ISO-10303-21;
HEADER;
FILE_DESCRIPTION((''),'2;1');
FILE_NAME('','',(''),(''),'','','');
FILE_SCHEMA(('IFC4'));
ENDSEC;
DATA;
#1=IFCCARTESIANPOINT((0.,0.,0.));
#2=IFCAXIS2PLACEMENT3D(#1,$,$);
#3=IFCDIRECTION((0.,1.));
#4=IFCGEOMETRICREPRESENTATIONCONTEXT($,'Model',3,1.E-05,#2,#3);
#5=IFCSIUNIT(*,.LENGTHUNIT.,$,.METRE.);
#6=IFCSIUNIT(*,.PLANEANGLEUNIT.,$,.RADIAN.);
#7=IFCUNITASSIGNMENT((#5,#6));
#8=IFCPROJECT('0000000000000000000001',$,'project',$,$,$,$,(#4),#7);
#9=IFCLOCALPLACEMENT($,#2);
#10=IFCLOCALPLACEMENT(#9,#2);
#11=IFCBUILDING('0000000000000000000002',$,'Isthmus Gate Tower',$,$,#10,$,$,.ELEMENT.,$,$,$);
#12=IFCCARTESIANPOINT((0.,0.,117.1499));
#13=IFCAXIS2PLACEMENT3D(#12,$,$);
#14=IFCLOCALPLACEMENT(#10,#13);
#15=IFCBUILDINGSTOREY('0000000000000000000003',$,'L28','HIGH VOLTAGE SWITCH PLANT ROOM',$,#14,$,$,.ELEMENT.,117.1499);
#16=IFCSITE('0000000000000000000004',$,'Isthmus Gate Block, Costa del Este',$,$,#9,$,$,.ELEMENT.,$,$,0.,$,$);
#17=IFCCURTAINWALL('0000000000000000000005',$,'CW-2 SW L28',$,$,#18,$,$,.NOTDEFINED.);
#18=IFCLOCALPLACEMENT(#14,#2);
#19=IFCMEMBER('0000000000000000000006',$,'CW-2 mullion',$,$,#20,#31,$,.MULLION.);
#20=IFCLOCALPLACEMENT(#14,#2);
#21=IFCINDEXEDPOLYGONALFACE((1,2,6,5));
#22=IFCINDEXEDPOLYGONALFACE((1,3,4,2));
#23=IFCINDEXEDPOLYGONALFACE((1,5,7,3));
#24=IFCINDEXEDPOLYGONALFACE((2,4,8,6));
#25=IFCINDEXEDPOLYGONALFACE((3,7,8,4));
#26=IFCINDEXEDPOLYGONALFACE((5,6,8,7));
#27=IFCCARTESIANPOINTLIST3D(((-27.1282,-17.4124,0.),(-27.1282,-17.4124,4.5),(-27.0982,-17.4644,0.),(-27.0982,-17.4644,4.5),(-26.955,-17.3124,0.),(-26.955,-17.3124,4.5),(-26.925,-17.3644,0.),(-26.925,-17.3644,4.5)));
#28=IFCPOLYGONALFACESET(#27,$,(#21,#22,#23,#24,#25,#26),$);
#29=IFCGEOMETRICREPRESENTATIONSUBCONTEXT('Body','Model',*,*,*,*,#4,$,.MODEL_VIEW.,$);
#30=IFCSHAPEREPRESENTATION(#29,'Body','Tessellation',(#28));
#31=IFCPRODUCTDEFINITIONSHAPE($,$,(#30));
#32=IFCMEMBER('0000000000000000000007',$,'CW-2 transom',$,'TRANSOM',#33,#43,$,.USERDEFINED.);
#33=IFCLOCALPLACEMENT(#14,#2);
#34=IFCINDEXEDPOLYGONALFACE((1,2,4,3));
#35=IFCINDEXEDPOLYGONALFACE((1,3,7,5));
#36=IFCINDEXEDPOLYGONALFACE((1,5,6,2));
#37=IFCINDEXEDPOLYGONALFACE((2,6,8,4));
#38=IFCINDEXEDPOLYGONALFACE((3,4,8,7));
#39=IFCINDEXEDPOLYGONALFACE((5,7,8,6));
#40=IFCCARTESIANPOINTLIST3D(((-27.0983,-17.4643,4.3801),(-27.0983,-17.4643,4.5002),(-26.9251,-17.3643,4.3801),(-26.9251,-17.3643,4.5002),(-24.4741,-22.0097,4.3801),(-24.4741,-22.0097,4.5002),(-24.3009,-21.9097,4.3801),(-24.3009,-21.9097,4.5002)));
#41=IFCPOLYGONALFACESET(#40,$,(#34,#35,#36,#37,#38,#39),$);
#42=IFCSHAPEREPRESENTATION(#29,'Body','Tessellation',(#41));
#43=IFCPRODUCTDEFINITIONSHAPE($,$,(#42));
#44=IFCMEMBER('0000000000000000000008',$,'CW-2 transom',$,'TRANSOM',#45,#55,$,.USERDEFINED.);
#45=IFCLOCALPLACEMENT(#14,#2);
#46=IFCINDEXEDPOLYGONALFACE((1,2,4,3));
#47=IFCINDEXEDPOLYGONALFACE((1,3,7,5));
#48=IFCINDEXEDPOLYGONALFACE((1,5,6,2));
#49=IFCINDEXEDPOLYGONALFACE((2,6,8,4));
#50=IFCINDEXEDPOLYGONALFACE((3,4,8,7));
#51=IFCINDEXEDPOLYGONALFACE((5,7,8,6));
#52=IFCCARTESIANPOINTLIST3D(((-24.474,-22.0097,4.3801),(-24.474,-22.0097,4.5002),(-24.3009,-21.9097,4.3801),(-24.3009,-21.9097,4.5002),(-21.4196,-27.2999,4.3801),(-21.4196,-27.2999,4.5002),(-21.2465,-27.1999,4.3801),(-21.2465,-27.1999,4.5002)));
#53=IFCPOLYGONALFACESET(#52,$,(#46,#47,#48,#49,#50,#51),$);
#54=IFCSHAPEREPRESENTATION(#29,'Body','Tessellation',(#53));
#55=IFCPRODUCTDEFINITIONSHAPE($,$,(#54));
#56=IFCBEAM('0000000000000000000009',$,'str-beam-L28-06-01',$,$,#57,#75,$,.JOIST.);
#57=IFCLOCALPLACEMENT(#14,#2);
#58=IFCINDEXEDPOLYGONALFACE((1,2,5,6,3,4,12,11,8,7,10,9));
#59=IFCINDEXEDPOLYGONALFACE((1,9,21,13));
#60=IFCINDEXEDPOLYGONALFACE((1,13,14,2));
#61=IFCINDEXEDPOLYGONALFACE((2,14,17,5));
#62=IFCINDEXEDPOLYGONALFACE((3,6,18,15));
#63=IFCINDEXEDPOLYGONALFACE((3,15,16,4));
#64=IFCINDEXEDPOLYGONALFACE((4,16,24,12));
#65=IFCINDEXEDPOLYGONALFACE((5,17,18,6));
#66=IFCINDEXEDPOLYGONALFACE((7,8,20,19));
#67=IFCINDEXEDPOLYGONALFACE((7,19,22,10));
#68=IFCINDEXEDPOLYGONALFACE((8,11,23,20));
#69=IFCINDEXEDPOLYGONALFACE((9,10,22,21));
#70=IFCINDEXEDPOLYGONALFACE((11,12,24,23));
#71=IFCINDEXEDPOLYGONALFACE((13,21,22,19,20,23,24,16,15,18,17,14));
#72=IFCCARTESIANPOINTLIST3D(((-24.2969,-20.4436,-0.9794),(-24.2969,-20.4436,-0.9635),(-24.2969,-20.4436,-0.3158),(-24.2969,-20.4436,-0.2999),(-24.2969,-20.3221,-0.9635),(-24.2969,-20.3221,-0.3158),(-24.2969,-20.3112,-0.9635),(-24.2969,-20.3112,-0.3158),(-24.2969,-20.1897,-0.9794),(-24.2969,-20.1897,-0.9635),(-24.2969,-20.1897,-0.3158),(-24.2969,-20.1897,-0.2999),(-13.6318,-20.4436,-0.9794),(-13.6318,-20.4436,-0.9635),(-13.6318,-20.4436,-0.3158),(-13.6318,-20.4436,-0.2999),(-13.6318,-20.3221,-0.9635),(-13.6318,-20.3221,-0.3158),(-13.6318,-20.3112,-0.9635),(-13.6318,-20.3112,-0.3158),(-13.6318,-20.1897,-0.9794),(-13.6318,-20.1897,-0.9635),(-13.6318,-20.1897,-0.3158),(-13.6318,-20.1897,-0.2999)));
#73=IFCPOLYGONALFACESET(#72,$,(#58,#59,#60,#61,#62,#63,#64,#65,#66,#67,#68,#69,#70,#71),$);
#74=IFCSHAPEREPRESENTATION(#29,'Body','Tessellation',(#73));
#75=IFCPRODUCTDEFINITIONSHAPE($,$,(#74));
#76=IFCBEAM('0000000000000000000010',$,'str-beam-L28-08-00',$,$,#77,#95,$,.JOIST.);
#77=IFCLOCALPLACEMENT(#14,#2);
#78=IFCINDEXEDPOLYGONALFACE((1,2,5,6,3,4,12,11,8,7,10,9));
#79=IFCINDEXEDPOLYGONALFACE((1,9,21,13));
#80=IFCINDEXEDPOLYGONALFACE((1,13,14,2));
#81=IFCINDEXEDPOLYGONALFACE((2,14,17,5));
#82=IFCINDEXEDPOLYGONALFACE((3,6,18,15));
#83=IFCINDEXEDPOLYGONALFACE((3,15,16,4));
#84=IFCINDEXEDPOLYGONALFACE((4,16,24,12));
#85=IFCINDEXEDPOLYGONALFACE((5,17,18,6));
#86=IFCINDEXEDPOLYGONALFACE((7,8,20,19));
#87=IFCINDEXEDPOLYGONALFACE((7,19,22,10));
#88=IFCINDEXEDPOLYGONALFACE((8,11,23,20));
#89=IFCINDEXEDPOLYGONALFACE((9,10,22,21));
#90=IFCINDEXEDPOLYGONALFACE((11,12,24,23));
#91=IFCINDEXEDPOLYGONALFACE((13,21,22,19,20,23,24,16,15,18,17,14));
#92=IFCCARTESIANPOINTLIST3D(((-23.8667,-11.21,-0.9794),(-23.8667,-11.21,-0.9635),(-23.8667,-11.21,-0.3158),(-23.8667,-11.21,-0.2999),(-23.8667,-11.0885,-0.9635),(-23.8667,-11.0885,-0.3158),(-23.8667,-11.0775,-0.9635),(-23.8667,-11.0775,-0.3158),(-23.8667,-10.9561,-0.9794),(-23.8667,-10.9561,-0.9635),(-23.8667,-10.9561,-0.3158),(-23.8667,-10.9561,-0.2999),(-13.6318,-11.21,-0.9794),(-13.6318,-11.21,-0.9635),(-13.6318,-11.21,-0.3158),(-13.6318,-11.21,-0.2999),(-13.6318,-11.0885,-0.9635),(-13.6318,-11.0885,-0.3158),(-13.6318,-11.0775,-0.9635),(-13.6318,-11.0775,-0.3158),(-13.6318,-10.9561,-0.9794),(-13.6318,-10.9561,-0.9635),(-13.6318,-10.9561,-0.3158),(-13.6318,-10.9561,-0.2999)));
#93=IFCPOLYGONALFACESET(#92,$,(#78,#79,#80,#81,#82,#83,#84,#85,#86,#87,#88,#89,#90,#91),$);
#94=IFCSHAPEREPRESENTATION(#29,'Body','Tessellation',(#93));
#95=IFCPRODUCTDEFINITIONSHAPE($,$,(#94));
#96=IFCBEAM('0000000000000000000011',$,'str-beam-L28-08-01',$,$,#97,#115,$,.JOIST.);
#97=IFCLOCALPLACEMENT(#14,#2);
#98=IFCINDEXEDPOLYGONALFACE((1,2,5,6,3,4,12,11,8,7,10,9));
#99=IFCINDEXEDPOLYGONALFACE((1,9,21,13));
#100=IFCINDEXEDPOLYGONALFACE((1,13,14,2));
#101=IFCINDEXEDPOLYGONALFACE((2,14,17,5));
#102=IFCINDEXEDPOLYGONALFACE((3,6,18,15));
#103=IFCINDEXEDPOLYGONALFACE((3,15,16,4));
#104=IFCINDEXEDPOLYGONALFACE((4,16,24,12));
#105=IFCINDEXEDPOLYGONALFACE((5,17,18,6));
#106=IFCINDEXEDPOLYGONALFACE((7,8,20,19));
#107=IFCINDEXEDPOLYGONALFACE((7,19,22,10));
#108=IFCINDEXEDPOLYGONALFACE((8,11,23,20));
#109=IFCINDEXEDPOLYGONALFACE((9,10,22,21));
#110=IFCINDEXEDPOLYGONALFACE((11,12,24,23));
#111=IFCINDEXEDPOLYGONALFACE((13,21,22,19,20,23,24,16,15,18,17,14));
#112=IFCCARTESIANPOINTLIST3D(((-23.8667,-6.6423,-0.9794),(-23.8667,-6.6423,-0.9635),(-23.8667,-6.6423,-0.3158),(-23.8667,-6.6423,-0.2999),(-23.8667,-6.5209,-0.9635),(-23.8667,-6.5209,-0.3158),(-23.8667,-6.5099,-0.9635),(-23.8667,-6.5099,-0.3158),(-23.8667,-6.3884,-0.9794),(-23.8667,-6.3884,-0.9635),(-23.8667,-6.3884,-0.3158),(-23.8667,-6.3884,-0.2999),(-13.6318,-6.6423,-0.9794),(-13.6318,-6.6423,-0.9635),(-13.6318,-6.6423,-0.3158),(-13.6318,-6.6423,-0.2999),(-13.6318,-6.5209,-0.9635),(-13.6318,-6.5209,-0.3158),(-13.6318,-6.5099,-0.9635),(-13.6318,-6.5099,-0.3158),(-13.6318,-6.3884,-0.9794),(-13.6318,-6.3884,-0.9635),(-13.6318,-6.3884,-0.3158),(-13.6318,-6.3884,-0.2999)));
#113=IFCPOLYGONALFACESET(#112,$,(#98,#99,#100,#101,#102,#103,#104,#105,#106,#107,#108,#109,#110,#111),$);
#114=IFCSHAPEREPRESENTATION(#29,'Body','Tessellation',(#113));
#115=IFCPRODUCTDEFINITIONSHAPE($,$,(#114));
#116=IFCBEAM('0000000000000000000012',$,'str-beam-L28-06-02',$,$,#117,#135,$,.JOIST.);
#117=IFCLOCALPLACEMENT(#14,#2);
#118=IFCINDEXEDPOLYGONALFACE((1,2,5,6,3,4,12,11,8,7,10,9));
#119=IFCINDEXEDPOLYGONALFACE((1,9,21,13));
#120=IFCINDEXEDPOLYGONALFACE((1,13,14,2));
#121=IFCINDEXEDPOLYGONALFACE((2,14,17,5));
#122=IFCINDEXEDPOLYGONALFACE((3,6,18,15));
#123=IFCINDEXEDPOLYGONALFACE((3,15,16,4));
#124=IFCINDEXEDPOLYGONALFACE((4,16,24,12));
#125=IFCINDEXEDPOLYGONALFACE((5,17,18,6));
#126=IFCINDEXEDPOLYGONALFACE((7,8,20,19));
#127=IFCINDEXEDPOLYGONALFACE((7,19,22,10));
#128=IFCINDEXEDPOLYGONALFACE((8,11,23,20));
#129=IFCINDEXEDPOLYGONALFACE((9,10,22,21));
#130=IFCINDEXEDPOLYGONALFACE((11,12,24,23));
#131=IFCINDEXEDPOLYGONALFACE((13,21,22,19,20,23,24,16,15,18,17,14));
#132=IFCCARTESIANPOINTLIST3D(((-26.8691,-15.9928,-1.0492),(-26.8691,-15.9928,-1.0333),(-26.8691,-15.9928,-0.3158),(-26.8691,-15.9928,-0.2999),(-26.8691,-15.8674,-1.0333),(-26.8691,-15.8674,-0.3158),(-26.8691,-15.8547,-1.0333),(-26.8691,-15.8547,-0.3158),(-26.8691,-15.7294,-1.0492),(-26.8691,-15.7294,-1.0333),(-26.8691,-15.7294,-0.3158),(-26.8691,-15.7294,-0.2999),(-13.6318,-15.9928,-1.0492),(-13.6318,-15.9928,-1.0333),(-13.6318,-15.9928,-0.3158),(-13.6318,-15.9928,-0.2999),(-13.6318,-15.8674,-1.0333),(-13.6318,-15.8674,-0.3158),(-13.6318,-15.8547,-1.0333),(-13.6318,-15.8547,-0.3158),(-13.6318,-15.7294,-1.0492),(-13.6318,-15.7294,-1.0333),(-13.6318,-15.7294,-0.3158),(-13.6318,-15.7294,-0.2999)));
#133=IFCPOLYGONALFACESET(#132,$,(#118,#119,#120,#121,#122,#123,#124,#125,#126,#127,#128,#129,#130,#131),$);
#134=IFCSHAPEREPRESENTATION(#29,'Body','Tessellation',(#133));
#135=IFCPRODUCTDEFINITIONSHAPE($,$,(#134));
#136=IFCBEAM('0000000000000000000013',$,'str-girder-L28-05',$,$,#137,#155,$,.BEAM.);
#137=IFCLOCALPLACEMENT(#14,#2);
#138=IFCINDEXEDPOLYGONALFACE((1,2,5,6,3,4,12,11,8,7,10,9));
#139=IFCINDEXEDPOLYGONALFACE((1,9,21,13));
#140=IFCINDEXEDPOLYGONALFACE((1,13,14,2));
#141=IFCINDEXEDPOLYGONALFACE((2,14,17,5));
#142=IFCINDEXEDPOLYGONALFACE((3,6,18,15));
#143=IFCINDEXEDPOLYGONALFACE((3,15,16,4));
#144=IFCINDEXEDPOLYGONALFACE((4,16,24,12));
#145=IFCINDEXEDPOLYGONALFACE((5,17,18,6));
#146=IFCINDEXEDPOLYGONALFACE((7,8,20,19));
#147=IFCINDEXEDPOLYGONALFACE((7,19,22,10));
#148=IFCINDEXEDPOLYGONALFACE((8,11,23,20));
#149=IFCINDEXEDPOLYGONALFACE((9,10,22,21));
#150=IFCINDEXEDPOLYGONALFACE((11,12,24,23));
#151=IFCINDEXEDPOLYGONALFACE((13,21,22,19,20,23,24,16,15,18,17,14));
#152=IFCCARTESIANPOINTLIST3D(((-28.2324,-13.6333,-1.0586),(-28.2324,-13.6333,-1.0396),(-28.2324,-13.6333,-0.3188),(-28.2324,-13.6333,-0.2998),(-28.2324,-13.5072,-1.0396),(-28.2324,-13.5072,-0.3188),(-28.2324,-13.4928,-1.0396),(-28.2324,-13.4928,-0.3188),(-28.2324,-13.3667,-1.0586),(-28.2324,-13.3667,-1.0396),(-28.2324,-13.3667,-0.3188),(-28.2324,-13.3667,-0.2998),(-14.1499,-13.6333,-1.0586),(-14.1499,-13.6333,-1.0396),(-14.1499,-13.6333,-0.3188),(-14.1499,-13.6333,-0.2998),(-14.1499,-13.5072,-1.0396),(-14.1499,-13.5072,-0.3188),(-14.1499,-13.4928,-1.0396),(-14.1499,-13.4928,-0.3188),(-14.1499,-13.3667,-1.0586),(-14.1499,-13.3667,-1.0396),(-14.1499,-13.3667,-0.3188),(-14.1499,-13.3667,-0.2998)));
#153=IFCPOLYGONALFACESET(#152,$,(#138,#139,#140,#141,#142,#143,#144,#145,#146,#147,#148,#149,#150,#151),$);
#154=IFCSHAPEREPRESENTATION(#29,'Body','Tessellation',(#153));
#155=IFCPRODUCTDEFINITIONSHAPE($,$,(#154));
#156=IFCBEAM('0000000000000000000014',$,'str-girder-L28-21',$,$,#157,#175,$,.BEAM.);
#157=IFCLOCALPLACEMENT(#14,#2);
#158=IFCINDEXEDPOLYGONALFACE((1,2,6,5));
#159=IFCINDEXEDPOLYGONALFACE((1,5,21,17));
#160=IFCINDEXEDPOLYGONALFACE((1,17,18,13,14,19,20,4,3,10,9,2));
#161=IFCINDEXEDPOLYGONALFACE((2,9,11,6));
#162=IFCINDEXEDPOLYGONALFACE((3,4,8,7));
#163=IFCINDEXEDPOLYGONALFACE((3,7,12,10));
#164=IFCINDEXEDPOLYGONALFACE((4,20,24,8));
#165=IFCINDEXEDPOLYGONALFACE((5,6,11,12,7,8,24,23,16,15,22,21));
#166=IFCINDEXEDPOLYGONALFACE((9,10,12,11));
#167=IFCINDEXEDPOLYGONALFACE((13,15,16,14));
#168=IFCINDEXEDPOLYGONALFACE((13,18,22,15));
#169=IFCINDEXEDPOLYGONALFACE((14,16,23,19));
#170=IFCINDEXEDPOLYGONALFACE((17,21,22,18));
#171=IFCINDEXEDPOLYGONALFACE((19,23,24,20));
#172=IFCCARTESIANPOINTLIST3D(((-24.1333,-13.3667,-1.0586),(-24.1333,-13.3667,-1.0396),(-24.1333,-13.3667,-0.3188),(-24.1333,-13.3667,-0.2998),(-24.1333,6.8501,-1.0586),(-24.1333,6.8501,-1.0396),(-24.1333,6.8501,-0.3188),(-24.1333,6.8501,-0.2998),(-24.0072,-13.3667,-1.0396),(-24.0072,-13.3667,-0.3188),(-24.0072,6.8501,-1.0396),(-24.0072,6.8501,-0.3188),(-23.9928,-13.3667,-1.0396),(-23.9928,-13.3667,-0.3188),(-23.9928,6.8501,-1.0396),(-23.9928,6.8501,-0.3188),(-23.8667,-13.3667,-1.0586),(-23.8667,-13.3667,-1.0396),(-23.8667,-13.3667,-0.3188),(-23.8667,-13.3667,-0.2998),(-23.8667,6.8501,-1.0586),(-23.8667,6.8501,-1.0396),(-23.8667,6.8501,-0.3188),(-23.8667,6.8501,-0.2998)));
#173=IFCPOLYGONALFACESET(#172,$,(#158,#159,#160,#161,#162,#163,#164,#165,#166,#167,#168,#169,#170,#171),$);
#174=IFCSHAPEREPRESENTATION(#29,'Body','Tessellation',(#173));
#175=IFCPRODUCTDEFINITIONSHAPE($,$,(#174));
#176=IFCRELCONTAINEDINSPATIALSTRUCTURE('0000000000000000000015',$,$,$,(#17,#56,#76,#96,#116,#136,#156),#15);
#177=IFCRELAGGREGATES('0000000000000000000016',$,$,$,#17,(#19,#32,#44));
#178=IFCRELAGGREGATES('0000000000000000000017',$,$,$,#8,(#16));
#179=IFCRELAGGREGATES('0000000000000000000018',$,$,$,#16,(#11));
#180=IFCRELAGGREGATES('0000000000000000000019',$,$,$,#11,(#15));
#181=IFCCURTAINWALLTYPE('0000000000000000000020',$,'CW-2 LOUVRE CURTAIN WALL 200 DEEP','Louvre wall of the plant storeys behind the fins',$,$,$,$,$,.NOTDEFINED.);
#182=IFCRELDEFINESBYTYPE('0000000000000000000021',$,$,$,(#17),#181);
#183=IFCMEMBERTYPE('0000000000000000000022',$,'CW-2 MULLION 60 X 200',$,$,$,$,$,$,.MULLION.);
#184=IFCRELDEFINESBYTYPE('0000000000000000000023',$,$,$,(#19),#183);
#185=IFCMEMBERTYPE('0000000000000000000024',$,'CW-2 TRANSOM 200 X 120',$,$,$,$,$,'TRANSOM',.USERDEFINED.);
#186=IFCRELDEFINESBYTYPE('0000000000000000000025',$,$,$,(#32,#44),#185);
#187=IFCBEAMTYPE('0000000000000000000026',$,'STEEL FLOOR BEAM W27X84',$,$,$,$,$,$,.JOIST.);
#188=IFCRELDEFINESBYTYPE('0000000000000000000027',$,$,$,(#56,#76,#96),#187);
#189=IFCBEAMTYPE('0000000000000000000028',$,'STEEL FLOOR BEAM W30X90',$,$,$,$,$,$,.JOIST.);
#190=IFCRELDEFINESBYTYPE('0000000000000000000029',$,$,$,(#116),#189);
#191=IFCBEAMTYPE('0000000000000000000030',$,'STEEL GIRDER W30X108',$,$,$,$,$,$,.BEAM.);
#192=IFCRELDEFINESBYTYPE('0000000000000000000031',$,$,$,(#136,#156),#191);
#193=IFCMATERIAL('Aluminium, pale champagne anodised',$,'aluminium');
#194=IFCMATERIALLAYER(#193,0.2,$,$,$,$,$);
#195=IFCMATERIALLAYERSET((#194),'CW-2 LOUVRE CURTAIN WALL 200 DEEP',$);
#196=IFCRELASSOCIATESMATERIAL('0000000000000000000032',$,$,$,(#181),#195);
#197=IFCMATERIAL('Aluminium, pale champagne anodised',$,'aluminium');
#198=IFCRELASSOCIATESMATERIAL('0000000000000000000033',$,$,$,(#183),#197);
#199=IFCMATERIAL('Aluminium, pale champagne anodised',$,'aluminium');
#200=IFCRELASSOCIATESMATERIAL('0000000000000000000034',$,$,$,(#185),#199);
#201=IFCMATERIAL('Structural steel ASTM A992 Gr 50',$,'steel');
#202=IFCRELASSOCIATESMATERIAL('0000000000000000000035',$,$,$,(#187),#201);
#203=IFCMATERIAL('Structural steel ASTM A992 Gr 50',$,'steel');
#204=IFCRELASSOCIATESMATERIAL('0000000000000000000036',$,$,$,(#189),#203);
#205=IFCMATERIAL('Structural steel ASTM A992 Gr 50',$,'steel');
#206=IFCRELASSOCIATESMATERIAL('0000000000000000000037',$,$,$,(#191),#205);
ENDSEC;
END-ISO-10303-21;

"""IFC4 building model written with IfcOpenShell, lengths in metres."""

from ifc_helpers import new_model, si_unit, direction, frame, origin, origin_2d, place, context, subcontext, project, spatial, rectangle, i_section, extrude, material, layer, layer_set, material_profile, profile_set, type_object, element, aggregate, save


model = new_model("IFC4")

# Units and contexts
model_context = context("Model", 3, precision=1e-05, world=origin(), true_north=direction((0.0, 1.0)))
body_context = subcontext(model_context, "Body", "Model", "MODEL_VIEW")
ifc_project = project(units=[si_unit("LENGTHUNIT", "METRE"), si_unit("PLANEANGLEUNIT", "RADIAN")], contexts=[model_context])

# Site, building, storey
site_placement = place(None, origin())
site = spatial("IfcSite", under=ifc_project, at=site_placement, Name="Isthmus Gate Block, Costa del Este", CompositionType="ELEMENT", RefElevation=0.0)
building_placement = place(site_placement, origin())
building = spatial("IfcBuilding", under=site, at=building_placement, Name="Isthmus Gate Tower", CompositionType="ELEMENT")
storey_placement = place(building_placement, frame((0.0, 0.0, 117.1499)))
storey = spatial("IfcBuildingStorey", under=building, at=storey_placement, Name="L28", Description="HIGH VOLTAGE SWITCH PLANT ROOM", CompositionType="ELEMENT", Elevation=117.1499)

# Curtain wall, members
ifc_material_1 = material(Name="Aluminium, pale champagne anodised", Category="aluminium")
ifc_layer_1 = layer(ifc_material_1, 0.2)
ifc_layer_set_1 = layer_set([ifc_layer_1], Name="CW-2 LOUVRE CURTAIN WALL 200 DEEP")
curtain_wall_type = type_object("IfcCurtainWallType", Name="CW-2 LOUVRE CURTAIN WALL 200 DEEP", Description="Louvre wall of the plant storeys behind the fins", PredefinedType="NOTDEFINED", material=ifc_layer_set_1)
curtain_wall_placement = place(storey_placement, origin())
curtain_wall = element("IfcCurtainWall", 1, at=curtain_wall_placement, inside=storey, type_object=curtain_wall_type, Name="CW-2 SW L28", PredefinedType="NOTDEFINED")
ifc_material_2 = material(Name="Aluminium, pale champagne anodised", Category="aluminium")
ifc_material_profile_1 = material_profile(ifc_material_2, rectangle(XDim=0.0601, YDim=0.2, at=origin_2d()), Name="60x200")
ifc_profile_set_1 = profile_set([ifc_material_profile_1], Name="Aluminium, pale champagne anodised")
member_type_1 = type_object("IfcMemberType", Name="CW-2 MULLION 60 X 200", PredefinedType="MULLION", material=ifc_profile_set_1)
member_1_placement = place(storey_placement, frame((-27.0266, -17.3884, 0.0), z_axis=(0.0, 0.0, 1.0), x_axis=(0.5, -0.866025, 0.0)))
member_1 = element("IfcMember", 2, at=member_1_placement, type_object=member_type_1, Name="CW-2 mullion", PredefinedType="MULLION", context=body_context, shape_type="SweptSolid", body=[
    extrude(rectangle(XDim=0.0601, YDim=0.2, at=origin_2d()), origin(), (0.0, 0.0, 1.0), 4.5),
])
ifc_material_3 = material(Name="Aluminium, pale champagne anodised", Category="aluminium")
ifc_material_profile_2 = material_profile(ifc_material_3, rectangle(XDim=0.2, YDim=0.1201, at=origin_2d()), Name="200x120")
ifc_profile_set_2 = profile_set([ifc_material_profile_2], Name="Aluminium, pale champagne anodised")
member_type_2 = type_object("IfcMemberType", Name="CW-2 TRANSOM 200 X 120", ElementType="TRANSOM", PredefinedType="USERDEFINED", material=ifc_profile_set_2)
member_2_placement = place(storey_placement, frame((-27.0117, -17.4143, 4.4402), z_axis=(0.499996, -0.866028, 0.0), x_axis=(0.866028, 0.499996, 0.0)))
member_2 = element("IfcMember", 3, at=member_2_placement, type_object=member_type_2, Name="CW-2 transom", ObjectType="TRANSOM", PredefinedType="USERDEFINED", context=body_context, shape_type="SweptSolid", body=[
    extrude(rectangle(XDim=0.2, YDim=0.1201, at=origin_2d()), origin(), (0.0, 0.0, 1.0), 5.2485),
])
member_3_placement = place(storey_placement, frame((-24.3875, -21.9597, 4.4402), z_axis=(0.500012, -0.866019, 0.0), x_axis=(0.866019, 0.500012, 0.0)))
member_3 = element("IfcMember", 4, at=member_3_placement, type_object=member_type_2, Name="CW-2 transom", ObjectType="TRANSOM", PredefinedType="USERDEFINED", context=body_context, shape_type="SweptSolid", body=[
    extrude(rectangle(XDim=0.2, YDim=0.1201, at=origin_2d()), origin(), (0.0, 0.0, 1.0), 6.1086),
])

# Beams
ifc_material_4 = material(Name="Structural steel ASTM A992 Gr 50", Category="steel")
ifc_material_profile_3 = material_profile(ifc_material_4, i_section(OverallWidth=0.2539, OverallDepth=0.6794, WebThickness=0.011, FlangeThickness=0.0159, at=origin_2d()), Name="W27X84")
ifc_profile_set_3 = profile_set([ifc_material_profile_3], Name="Structural steel ASTM A992 Gr 50")
beam_type_1 = type_object("IfcBeamType", Name="STEEL FLOOR BEAM W27X84", PredefinedType="JOIST", material=ifc_profile_set_3)
beam_1_placement = place(storey_placement, frame((-24.2969, -20.3167, -0.6396), z_axis=(1.0, 0.0, 0.0), x_axis=(0.0, 1.0, 0.0)))
element("IfcBeam", 5, at=beam_1_placement, inside=storey, type_object=beam_type_1, Name="str-beam-L28-06-01", PredefinedType="JOIST", context=body_context, shape_type="SweptSolid", body=[
    extrude(i_section(OverallWidth=0.2539, OverallDepth=0.6794, WebThickness=0.011, FlangeThickness=0.0159, at=origin_2d()), origin(), (0.0, 0.0, 1.0), 10.665),
])
for number, where, z_axis, x_axis, name in (
    (6, (-23.8667, -11.083, -0.6396), (1.0, 0.0, 0.0), (0.0, 1.0, 0.0), "str-beam-L28-08-00"),
    (7, (-23.8667, -6.5154, -0.6396), (1.0, 0.0, 0.0), (0.0, 1.0, 0.0), "str-beam-L28-08-01"),
):
    element("IfcBeam", number, at=place(storey_placement, frame(where, z_axis=z_axis, x_axis=x_axis)), inside=storey, type_object=beam_type_1, Name=name, PredefinedType="JOIST", context=body_context, shape_type="SweptSolid", body=[
        extrude(i_section(OverallWidth=0.2539, OverallDepth=0.6794, WebThickness=0.011, FlangeThickness=0.0159, at=origin_2d()), origin(), (0.0, 0.0, 1.0), 10.2349),
    ])
ifc_material_5 = material(Name="Structural steel ASTM A992 Gr 50", Category="steel")
ifc_material_profile_4 = material_profile(ifc_material_5, i_section(OverallWidth=0.2634, OverallDepth=0.7493, WebThickness=0.0127, FlangeThickness=0.0159, at=origin_2d()), Name="W30X90")
ifc_profile_set_4 = profile_set([ifc_material_profile_4], Name="Structural steel ASTM A992 Gr 50")
beam_type_2 = type_object("IfcBeamType", Name="STEEL FLOOR BEAM W30X90", PredefinedType="JOIST", material=ifc_profile_set_4)
beam_2_placement = place(storey_placement, frame((-26.8691, -15.8611, -0.6746), z_axis=(1.0, 0.0, 0.0), x_axis=(0.0, 1.0, 0.0)))
element("IfcBeam", 8, at=beam_2_placement, inside=storey, type_object=beam_type_2, Name="str-beam-L28-06-02", PredefinedType="JOIST", context=body_context, shape_type="SweptSolid", body=[
    extrude(i_section(OverallWidth=0.2634, OverallDepth=0.7493, WebThickness=0.0127, FlangeThickness=0.0159, at=origin_2d()), origin(), (0.0, 0.0, 1.0), 13.2373),
])
ifc_material_6 = material(Name="Structural steel ASTM A992 Gr 50", Category="steel")
ifc_material_profile_5 = material_profile(ifc_material_6, i_section(OverallWidth=0.2666, OverallDepth=0.7588, WebThickness=0.0144, FlangeThickness=0.019, at=origin_2d()), Name="W30X108")
ifc_profile_set_5 = profile_set([ifc_material_profile_5], Name="Structural steel ASTM A992 Gr 50")
beam_type_3 = type_object("IfcBeamType", Name="STEEL GIRDER W30X108", PredefinedType="BEAM", material=ifc_profile_set_5)
beam_3_placement = place(storey_placement, frame((-28.2324, -13.5, -0.6792), z_axis=(1.0, 0.0, 0.0), x_axis=(0.0, 1.0, 0.0)))
element("IfcBeam", 9, at=beam_3_placement, inside=storey, type_object=beam_type_3, Name="str-girder-L28-05", PredefinedType="BEAM", context=body_context, shape_type="SweptSolid", body=[
    extrude(i_section(OverallWidth=0.2666, OverallDepth=0.7588, WebThickness=0.0144, FlangeThickness=0.019, at=origin_2d()), origin(), (0.0, 0.0, 1.0), 14.0825),
])
beam_4_placement = place(storey_placement, frame((-24.0, -13.3667, -0.6792), z_axis=(0.0, 1.0, 0.0), x_axis=(-1.0, 0.0, 0.0)))
element("IfcBeam", 10, at=beam_4_placement, inside=storey, type_object=beam_type_3, Name="str-girder-L28-21", PredefinedType="BEAM", context=body_context, shape_type="SweptSolid", body=[
    extrude(i_section(OverallWidth=0.2666, OverallDepth=0.7588, WebThickness=0.0144, FlangeThickness=0.019, at=origin_2d()), origin(), (0.0, 0.0, 1.0), 20.2168),
])

aggregate(curtain_wall, [member_1, member_2, member_3])

save(model, "model.ifc")
